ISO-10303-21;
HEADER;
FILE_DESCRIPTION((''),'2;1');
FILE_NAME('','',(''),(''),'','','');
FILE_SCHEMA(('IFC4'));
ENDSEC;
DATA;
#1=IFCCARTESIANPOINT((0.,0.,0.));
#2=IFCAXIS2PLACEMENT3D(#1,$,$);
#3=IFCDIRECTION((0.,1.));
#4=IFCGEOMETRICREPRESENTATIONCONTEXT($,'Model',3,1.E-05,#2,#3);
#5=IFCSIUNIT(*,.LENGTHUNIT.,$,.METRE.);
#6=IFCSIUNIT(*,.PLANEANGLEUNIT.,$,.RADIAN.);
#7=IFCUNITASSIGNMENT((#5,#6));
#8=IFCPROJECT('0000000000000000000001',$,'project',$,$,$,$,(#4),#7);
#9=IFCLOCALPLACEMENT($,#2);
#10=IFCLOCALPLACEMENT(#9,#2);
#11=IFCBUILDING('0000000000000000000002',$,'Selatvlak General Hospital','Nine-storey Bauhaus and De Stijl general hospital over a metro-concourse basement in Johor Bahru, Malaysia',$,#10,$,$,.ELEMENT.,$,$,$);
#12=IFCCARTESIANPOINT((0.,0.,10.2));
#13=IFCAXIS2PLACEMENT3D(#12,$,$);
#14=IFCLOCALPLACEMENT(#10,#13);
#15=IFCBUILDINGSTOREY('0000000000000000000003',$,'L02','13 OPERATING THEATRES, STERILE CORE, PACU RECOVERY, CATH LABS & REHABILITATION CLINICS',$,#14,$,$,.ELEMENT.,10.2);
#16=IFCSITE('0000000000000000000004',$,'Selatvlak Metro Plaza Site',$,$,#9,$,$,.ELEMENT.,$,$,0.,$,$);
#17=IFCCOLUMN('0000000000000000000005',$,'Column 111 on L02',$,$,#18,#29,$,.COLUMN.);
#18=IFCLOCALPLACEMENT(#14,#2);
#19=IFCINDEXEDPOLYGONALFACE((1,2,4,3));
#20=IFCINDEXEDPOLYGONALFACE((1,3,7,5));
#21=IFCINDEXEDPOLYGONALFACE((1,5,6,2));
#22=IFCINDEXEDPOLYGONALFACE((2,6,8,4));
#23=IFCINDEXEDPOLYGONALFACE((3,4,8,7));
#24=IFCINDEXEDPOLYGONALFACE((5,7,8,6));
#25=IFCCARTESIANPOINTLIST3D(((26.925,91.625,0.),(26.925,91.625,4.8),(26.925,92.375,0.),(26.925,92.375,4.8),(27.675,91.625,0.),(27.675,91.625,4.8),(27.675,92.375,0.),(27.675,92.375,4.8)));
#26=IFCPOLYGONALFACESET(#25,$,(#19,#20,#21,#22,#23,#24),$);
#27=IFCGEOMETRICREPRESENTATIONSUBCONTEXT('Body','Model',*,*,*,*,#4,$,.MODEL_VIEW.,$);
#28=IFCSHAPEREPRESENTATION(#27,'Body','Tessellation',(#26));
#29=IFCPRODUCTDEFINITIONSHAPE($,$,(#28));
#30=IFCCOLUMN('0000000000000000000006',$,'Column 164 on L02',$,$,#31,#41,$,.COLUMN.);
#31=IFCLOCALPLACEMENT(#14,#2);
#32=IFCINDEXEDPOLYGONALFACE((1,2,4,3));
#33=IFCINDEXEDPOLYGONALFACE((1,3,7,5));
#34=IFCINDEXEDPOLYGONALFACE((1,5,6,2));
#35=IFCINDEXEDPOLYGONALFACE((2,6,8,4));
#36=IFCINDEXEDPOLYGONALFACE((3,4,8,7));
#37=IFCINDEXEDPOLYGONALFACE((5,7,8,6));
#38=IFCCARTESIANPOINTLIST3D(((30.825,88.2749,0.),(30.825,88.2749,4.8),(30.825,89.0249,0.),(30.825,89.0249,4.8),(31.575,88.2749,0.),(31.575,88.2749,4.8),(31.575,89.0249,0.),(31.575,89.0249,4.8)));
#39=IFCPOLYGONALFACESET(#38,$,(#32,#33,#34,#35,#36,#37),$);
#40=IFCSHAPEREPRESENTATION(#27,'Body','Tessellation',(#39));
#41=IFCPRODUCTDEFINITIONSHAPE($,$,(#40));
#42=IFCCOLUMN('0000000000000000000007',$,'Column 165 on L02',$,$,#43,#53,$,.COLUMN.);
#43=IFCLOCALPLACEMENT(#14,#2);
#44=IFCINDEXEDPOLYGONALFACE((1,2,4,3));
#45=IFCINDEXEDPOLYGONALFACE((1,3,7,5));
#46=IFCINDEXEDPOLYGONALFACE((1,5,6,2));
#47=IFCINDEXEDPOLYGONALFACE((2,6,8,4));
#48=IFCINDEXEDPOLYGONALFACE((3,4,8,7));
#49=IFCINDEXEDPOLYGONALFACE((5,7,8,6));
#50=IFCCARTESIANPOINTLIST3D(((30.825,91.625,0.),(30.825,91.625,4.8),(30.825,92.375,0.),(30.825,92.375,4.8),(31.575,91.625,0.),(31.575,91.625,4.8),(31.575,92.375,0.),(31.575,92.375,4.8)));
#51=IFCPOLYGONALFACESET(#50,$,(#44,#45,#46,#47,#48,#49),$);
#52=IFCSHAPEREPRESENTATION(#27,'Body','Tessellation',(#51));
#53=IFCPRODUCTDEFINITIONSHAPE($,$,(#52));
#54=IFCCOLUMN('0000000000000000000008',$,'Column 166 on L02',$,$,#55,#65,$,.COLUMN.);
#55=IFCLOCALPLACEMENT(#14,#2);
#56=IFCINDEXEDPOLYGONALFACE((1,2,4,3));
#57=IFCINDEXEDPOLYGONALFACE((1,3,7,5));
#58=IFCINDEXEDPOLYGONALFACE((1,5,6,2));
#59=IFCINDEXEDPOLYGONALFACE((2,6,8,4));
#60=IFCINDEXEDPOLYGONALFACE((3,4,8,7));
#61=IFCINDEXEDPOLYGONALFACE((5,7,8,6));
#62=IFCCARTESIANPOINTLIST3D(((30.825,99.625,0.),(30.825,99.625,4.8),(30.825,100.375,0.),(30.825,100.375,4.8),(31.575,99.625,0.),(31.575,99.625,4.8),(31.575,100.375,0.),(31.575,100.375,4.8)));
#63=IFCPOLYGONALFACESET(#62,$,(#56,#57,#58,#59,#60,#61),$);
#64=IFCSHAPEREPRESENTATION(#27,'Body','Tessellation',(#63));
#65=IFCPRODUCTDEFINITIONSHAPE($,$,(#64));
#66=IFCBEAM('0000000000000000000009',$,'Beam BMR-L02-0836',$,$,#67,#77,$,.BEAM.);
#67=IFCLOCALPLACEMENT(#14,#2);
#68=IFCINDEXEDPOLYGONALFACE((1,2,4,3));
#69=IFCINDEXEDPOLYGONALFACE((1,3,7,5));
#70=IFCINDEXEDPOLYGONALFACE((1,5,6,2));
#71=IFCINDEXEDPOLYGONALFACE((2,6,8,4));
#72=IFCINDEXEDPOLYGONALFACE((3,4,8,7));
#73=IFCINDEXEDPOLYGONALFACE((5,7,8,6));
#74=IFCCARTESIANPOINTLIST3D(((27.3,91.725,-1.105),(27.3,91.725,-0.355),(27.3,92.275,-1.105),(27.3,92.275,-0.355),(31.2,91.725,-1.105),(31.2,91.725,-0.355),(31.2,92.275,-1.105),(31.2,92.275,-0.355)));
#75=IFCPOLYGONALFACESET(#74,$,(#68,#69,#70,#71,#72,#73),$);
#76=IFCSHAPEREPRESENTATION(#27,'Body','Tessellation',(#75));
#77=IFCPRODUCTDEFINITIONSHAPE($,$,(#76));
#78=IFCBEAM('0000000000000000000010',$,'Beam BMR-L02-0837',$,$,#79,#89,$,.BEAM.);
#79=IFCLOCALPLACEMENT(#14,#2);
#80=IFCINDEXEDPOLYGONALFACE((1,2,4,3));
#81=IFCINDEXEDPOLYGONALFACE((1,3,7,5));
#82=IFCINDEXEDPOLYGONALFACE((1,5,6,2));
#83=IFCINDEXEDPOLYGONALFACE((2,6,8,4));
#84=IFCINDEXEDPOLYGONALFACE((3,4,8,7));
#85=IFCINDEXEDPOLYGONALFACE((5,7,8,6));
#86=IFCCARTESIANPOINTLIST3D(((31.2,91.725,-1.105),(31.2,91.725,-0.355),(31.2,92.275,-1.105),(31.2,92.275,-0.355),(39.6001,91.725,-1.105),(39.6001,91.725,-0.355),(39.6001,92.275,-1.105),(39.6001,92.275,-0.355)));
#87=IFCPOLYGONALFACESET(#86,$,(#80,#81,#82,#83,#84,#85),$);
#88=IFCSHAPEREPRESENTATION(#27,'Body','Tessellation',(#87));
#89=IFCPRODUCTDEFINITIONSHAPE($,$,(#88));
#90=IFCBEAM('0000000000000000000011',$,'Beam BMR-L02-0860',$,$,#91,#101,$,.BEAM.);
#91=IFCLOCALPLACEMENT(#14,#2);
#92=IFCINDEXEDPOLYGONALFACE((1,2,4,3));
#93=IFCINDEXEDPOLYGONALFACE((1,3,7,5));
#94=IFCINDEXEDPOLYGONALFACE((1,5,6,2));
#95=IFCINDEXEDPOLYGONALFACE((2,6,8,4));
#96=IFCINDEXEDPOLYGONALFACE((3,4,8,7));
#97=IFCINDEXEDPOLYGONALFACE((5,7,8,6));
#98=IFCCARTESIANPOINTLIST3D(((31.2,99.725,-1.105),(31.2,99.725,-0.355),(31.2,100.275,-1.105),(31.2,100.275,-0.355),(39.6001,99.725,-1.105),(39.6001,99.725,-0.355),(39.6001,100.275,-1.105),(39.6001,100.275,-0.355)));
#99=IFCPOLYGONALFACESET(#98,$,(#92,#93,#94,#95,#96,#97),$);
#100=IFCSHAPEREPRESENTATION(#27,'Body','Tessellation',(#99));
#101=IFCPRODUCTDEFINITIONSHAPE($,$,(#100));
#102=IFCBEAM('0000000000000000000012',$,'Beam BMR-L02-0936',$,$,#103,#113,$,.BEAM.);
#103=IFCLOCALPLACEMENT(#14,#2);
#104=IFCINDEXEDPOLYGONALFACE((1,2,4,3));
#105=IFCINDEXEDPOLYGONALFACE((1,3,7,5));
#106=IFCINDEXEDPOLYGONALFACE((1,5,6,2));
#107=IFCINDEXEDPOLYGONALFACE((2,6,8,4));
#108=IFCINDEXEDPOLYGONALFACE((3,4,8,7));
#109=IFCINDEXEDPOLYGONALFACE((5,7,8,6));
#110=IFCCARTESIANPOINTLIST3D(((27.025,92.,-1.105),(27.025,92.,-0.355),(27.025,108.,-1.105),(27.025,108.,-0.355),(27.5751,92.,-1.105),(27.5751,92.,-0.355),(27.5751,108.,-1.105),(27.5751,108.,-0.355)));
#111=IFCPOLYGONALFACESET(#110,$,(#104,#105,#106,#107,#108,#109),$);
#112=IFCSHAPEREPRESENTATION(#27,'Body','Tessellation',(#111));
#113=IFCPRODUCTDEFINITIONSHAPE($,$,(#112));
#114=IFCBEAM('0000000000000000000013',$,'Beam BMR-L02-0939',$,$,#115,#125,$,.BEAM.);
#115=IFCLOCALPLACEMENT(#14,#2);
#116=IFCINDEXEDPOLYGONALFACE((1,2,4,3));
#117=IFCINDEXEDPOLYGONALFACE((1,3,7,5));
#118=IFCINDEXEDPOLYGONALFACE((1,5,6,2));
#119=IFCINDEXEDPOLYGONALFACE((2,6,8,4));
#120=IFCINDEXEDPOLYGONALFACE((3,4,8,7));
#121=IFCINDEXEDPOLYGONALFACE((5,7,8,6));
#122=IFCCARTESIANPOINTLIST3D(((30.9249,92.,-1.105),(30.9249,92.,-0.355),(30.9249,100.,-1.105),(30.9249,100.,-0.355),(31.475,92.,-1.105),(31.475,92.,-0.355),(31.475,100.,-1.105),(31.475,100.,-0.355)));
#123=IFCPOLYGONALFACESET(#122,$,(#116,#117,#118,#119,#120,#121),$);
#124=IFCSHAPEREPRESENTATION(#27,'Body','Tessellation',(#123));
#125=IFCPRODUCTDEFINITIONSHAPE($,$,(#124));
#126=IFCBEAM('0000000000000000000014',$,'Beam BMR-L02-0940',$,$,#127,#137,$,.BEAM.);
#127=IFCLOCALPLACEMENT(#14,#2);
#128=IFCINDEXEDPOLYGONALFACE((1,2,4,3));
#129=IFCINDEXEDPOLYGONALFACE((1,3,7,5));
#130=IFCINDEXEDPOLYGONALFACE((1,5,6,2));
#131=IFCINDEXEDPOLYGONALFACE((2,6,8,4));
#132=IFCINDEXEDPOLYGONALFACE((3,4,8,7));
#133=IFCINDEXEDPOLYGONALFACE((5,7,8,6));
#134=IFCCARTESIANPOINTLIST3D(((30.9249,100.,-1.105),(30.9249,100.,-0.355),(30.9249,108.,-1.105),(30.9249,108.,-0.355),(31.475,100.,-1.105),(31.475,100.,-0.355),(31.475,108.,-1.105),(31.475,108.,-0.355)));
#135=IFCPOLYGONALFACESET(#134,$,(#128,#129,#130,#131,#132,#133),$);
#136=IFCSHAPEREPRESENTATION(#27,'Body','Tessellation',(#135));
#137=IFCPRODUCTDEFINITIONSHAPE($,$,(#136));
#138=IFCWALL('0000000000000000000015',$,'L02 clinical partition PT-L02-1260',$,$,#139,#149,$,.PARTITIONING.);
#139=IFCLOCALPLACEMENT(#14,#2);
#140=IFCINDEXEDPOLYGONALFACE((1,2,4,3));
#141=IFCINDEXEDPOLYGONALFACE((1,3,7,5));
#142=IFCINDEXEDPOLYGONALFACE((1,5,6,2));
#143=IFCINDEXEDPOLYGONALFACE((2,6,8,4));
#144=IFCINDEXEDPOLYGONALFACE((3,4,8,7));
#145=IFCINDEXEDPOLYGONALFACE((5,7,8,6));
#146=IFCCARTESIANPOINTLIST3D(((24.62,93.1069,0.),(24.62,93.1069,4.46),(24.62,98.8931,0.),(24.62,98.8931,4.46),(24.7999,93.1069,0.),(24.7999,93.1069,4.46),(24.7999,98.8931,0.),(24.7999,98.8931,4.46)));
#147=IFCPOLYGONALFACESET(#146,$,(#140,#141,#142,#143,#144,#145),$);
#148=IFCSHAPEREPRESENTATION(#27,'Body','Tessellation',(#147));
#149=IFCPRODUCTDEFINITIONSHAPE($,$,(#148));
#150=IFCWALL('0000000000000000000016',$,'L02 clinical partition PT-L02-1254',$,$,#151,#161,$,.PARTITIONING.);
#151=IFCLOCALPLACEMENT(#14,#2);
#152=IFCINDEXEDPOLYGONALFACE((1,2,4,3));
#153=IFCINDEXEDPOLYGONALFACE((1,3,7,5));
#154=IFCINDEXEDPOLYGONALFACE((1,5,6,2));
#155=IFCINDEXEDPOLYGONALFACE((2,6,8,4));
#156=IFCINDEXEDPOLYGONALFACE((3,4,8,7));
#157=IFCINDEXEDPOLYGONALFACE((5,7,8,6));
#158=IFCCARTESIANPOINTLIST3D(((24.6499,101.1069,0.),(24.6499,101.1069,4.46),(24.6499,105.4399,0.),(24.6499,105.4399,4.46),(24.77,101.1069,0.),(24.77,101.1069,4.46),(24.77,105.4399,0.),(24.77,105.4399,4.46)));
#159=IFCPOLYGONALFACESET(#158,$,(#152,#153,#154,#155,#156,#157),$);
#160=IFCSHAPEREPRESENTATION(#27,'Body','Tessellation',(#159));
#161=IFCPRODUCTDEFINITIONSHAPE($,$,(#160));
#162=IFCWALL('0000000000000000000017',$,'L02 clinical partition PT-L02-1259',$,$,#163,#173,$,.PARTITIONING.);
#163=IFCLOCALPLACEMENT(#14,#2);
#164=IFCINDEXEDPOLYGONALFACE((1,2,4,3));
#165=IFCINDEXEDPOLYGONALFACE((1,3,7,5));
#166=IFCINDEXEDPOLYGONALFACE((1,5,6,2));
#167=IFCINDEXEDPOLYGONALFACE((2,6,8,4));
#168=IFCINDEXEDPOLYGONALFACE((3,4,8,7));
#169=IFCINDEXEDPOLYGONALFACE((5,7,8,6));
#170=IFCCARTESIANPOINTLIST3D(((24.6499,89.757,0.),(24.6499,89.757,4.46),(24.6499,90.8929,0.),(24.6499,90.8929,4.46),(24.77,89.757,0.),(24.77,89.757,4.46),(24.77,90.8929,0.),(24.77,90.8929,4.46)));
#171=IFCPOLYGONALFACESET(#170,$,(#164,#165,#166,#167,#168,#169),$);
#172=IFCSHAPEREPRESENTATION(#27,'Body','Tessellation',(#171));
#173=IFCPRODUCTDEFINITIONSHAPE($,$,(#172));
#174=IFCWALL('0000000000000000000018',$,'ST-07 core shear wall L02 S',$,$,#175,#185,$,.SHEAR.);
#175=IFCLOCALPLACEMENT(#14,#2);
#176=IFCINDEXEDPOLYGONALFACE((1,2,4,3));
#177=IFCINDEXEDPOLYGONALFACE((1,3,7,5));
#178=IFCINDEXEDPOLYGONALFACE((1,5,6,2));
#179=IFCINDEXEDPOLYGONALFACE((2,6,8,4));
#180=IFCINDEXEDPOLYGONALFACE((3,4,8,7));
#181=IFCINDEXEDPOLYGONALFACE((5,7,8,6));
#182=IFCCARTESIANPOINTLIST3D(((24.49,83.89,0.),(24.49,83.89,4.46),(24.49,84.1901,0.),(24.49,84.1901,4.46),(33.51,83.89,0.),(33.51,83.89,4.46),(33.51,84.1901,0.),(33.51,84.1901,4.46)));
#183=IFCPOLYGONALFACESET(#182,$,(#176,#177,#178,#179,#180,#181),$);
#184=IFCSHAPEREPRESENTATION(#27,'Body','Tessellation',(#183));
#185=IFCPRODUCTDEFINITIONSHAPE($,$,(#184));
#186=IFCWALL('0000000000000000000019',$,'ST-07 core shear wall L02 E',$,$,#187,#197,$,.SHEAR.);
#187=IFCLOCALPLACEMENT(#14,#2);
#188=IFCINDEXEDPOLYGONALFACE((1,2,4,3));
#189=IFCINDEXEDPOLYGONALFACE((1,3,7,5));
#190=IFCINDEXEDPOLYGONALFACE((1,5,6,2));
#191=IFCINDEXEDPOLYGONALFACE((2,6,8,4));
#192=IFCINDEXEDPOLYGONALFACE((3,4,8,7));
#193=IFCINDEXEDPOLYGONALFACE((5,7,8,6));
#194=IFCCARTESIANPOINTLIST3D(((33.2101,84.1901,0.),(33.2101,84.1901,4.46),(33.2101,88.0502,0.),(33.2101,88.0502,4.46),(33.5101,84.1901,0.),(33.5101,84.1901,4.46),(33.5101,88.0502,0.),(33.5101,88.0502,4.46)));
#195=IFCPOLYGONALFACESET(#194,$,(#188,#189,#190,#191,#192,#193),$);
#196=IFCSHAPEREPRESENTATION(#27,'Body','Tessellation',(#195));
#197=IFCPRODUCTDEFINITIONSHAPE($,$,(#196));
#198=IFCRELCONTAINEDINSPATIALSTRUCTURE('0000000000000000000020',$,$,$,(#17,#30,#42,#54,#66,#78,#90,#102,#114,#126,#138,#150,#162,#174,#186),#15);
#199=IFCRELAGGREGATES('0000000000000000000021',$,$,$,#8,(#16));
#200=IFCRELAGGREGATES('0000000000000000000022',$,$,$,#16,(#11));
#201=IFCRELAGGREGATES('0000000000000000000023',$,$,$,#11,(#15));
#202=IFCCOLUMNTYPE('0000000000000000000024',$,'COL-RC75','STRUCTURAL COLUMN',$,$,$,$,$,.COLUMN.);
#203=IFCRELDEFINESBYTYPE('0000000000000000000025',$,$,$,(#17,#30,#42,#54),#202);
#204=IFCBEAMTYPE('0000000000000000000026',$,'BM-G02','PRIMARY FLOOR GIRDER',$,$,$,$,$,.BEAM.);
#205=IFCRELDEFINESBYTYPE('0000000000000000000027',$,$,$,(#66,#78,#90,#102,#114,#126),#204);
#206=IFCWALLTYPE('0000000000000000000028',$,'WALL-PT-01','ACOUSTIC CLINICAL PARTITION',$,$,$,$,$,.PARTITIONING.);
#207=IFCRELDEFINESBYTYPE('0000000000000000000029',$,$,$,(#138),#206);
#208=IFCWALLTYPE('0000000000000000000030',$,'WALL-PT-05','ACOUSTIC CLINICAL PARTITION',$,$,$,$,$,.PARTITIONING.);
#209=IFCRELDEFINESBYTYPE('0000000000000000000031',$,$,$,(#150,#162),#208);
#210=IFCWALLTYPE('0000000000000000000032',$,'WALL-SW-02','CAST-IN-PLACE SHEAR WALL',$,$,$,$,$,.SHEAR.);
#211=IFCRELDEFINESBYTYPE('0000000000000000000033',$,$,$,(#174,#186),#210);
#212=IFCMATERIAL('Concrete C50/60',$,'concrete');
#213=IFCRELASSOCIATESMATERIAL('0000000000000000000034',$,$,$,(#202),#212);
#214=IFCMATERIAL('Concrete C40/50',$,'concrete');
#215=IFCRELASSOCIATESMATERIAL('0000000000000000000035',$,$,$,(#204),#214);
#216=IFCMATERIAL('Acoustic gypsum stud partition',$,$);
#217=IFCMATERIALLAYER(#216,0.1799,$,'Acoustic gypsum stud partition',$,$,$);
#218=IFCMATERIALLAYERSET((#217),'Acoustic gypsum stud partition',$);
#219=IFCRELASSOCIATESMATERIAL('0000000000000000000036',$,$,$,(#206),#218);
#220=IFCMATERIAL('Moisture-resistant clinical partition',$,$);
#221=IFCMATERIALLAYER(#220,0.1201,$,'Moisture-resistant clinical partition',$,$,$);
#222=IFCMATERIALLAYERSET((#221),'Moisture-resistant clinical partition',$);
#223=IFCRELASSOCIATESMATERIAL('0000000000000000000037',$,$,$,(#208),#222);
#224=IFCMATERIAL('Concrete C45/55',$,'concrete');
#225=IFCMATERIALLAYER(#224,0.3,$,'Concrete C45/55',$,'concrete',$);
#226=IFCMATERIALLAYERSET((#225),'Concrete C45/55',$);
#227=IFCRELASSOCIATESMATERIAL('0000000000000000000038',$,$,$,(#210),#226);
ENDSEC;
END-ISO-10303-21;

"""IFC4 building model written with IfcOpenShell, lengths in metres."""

from ifc_helpers import new_model, si_unit, direction, frame, frame_2d, origin, origin_2d, place, context, subcontext, project, spatial, rectangle, extrude, material, layer, layer_set, material_profile, profile_set, type_object, element, save


model = new_model("IFC4")

# Units and contexts
model_context = context("Model", 3, precision=1e-05, world=origin(), true_north=direction((0.0, 1.0)))
body_context = subcontext(model_context, "Body", "Model", "MODEL_VIEW")
ifc_project = project(units=[si_unit("LENGTHUNIT", "METRE"), si_unit("PLANEANGLEUNIT", "RADIAN")], contexts=[model_context])

# Site, building, storey
site_placement = place(None, origin())
site = spatial("IfcSite", under=ifc_project, at=site_placement, Name="Selatvlak Metro Plaza Site", CompositionType="ELEMENT", RefElevation=0.0)
building_placement = place(site_placement, origin())
building = spatial("IfcBuilding", under=site, at=building_placement, Name="Selatvlak General Hospital", Description="Nine-storey Bauhaus and De Stijl general hospital over a metro-concourse basement in Johor Bahru, Malaysia", CompositionType="ELEMENT")
storey_placement = place(building_placement, frame((0.0, 0.0, 10.2)))
storey = spatial("IfcBuildingStorey", under=building, at=storey_placement, Name="L02", Description="13 OPERATING THEATRES, STERILE CORE, PACU RECOVERY, CATH LABS & REHABILITATION CLINICS", CompositionType="ELEMENT", Elevation=10.2)

# Columns
ifc_material_1 = material(Name="Concrete C50/60", Category="concrete")
ifc_material_profile_1 = material_profile(ifc_material_1, rectangle(XDim=0.75, YDim=0.75, at=origin_2d()), Name="RC-COL 750x750")
ifc_profile_set_1 = profile_set([ifc_material_profile_1], Name="Concrete C50/60")
column_type = type_object("IfcColumnType", Name="COL-RC75", Description="STRUCTURAL COLUMN", PredefinedType="COLUMN", material=ifc_profile_set_1)
for number, where, z_axis, x_axis, name in (
    (1, (27.3, 92.0, 0.0), (0.0, 0.0, 1.0), (1.0, 0.0, 0.0), "Column 111 on L02"),
    (2, (31.2, 88.6499, 0.0), (0.0, 0.0, 1.0), (1.0, 0.0, 0.0), "Column 164 on L02"),
    (3, (31.2, 92.0, 0.0), (0.0, 0.0, 1.0), (1.0, 0.0, 0.0), "Column 165 on L02"),
    (4, (31.2, 100.0, 0.0), (0.0, 0.0, 1.0), (1.0, 0.0, 0.0), "Column 166 on L02"),
):
    element("IfcColumn", number, at=place(storey_placement, frame(where, z_axis=z_axis, x_axis=x_axis)), inside=storey, type_object=column_type, Name=name, PredefinedType="COLUMN", context=body_context, shape_type="SweptSolid", body=[
        extrude(rectangle(XDim=0.75, YDim=0.75, at=origin_2d()), origin(), (0.0, 0.0, 1.0), 4.8),
    ])

# Beams
ifc_material_2 = material(Name="Concrete C40/50", Category="concrete")
ifc_material_profile_2 = material_profile(ifc_material_2, rectangle(XDim=0.55, YDim=0.75, at=origin_2d()), Name="RC-BM 550x750")
ifc_profile_set_2 = profile_set([ifc_material_profile_2], Name="Concrete C40/50")
beam_type = type_object("IfcBeamType", Name="BM-G02", Description="PRIMARY FLOOR GIRDER", PredefinedType="BEAM", material=ifc_profile_set_2)
beam_1_placement = place(storey_placement, frame((27.3, 92.0, -0.73), z_axis=(1.0, 0.0, 0.0), x_axis=(0.0, 1.0, 0.0)))
element("IfcBeam", 5, at=beam_1_placement, inside=storey, type_object=beam_type, Name="Beam BMR-L02-0836", PredefinedType="BEAM", context=body_context, shape_type="SweptSolid", body=[
    extrude(rectangle(XDim=0.55, YDim=0.75, at=origin_2d()), origin(), (0.0, 0.0, 1.0), 3.8999),
])
for number, where, z_axis, x_axis, name in (
    (6, (31.2, 92.0, -0.73), (1.0, 0.0, 0.0), (0.0, 1.0, 0.0), "Beam BMR-L02-0837"),
    (7, (31.2, 100.0, -0.73), (1.0, 0.0, 0.0), (0.0, 1.0, 0.0), "Beam BMR-L02-0860"),
):
    element("IfcBeam", number, at=place(storey_placement, frame(where, z_axis=z_axis, x_axis=x_axis)), inside=storey, type_object=beam_type, Name=name, PredefinedType="BEAM", context=body_context, shape_type="SweptSolid", body=[
        extrude(rectangle(XDim=0.55, YDim=0.75, at=origin_2d()), origin(), (0.0, 0.0, 1.0), 8.4001),
    ])
beam_2_placement = place(storey_placement, frame((27.3, 92.0, -0.73), z_axis=(0.0, 1.0, 0.0), x_axis=(-1.0, 0.0, 0.0)))
element("IfcBeam", 8, at=beam_2_placement, inside=storey, type_object=beam_type, Name="Beam BMR-L02-0936", PredefinedType="BEAM", context=body_context, shape_type="SweptSolid", body=[
    extrude(rectangle(XDim=0.55, YDim=0.75, at=origin_2d()), origin(), (0.0, 0.0, 1.0), 16.0),
])
for number, where, z_axis, x_axis, name in (
    (9, (31.2, 92.0, -0.73), (0.0, 1.0, 0.0), (-1.0, 0.0, 0.0), "Beam BMR-L02-0939"),
    (10, (31.2, 100.0, -0.73), (0.0, 1.0, 0.0), (-1.0, 0.0, 0.0), "Beam BMR-L02-0940"),
):
    element("IfcBeam", number, at=place(storey_placement, frame(where, z_axis=z_axis, x_axis=x_axis)), inside=storey, type_object=beam_type, Name=name, PredefinedType="BEAM", context=body_context, shape_type="SweptSolid", body=[
        extrude(rectangle(XDim=0.55, YDim=0.75, at=origin_2d()), origin(), (0.0, 0.0, 1.0), 8.0),
    ])

# Walls
ifc_material_3 = material(Name="Acoustic gypsum stud partition")
ifc_layer_1 = layer(ifc_material_3, 0.1799, Name="Acoustic gypsum stud partition")
ifc_layer_set_1 = layer_set([ifc_layer_1], Name="Acoustic gypsum stud partition")
wall_type_1 = type_object("IfcWallType", Name="WALL-PT-01", Description="ACOUSTIC CLINICAL PARTITION", PredefinedType="PARTITIONING", material=ifc_layer_set_1)
wall_1_placement = place(storey_placement, frame((24.71, 93.1069, 0.0), z_axis=(0.0, 0.0, 1.0), x_axis=(0.0, 1.0, 0.0)))
element("IfcWall", 11, at=wall_1_placement, inside=storey, type_object=wall_type_1, Name="L02 clinical partition PT-L02-1260", PredefinedType="PARTITIONING", context=body_context, shape_type="SweptSolid", body=[
    extrude(rectangle(XDim=5.7861, YDim=0.1799, at=frame_2d((2.8931, 0.0))), origin(), (0.0, 0.0, 1.0), 4.46),
])
ifc_material_4 = material(Name="Moisture-resistant clinical partition")
ifc_layer_2 = layer(ifc_material_4, 0.1201, Name="Moisture-resistant clinical partition")
ifc_layer_set_2 = layer_set([ifc_layer_2], Name="Moisture-resistant clinical partition")
wall_type_2 = type_object("IfcWallType", Name="WALL-PT-05", Description="ACOUSTIC CLINICAL PARTITION", PredefinedType="PARTITIONING", material=ifc_layer_set_2)
wall_2_placement = place(storey_placement, frame((24.71, 101.1069, 0.0), z_axis=(0.0, 0.0, 1.0), x_axis=(0.0, 1.0, 0.0)))
element("IfcWall", 12, at=wall_2_placement, inside=storey, type_object=wall_type_2, Name="L02 clinical partition PT-L02-1254", PredefinedType="PARTITIONING", context=body_context, shape_type="SweptSolid", body=[
    extrude(rectangle(XDim=4.333, YDim=0.1201, at=frame_2d((2.1665, 0.0))), origin(), (0.0, 0.0, 1.0), 4.46),
])
wall_3_placement = place(storey_placement, frame((24.71, 89.7571, 0.0), z_axis=(0.0, 0.0, 1.0), x_axis=(0.0, 1.0, 0.0)))
element("IfcWall", 13, at=wall_3_placement, inside=storey, type_object=wall_type_2, Name="L02 clinical partition PT-L02-1259", PredefinedType="PARTITIONING", context=body_context, shape_type="SweptSolid", body=[
    extrude(rectangle(XDim=1.136, YDim=0.1201, at=frame_2d((0.5679, 0.0))), origin(), (0.0, 0.0, 1.0), 4.46),
])
ifc_material_5 = material(Name="Concrete C45/55", Category="concrete")
ifc_layer_3 = layer(ifc_material_5, 0.3, Name="Concrete C45/55", Category="concrete")
ifc_layer_set_3 = layer_set([ifc_layer_3], Name="Concrete C45/55")
wall_type_3 = type_object("IfcWallType", Name="WALL-SW-02", Description="CAST-IN-PLACE SHEAR WALL", PredefinedType="SHEAR", material=ifc_layer_set_3)
wall_4_placement = place(storey_placement, frame((24.49, 84.04, 0.0), z_axis=(0.0, 0.0, 1.0), x_axis=(1.0, 0.0, 0.0)))
element("IfcWall", 14, at=wall_4_placement, inside=storey, type_object=wall_type_3, Name="ST-07 core shear wall L02 S", PredefinedType="SHEAR", context=body_context, shape_type="SweptSolid", body=[
    extrude(rectangle(XDim=9.02, YDim=0.3, at=frame_2d((4.51, 0.0))), origin(), (0.0, 0.0, 1.0), 4.46),
])
wall_5_placement = place(storey_placement, frame((33.3601, 84.1899, 0.0), z_axis=(0.0, 0.0, 1.0), x_axis=(0.0, 1.0, 0.0)))
element("IfcWall", 15, at=wall_5_placement, inside=storey, type_object=wall_type_3, Name="ST-07 core shear wall L02 E", PredefinedType="SHEAR", context=body_context, shape_type="SweptSolid", body=[
    extrude(rectangle(XDim=3.8601, YDim=0.3, at=frame_2d((1.9302, 0.0))), origin(), (0.0, 0.0, 1.0), 4.46),
])

save(model, "model.ifc")
